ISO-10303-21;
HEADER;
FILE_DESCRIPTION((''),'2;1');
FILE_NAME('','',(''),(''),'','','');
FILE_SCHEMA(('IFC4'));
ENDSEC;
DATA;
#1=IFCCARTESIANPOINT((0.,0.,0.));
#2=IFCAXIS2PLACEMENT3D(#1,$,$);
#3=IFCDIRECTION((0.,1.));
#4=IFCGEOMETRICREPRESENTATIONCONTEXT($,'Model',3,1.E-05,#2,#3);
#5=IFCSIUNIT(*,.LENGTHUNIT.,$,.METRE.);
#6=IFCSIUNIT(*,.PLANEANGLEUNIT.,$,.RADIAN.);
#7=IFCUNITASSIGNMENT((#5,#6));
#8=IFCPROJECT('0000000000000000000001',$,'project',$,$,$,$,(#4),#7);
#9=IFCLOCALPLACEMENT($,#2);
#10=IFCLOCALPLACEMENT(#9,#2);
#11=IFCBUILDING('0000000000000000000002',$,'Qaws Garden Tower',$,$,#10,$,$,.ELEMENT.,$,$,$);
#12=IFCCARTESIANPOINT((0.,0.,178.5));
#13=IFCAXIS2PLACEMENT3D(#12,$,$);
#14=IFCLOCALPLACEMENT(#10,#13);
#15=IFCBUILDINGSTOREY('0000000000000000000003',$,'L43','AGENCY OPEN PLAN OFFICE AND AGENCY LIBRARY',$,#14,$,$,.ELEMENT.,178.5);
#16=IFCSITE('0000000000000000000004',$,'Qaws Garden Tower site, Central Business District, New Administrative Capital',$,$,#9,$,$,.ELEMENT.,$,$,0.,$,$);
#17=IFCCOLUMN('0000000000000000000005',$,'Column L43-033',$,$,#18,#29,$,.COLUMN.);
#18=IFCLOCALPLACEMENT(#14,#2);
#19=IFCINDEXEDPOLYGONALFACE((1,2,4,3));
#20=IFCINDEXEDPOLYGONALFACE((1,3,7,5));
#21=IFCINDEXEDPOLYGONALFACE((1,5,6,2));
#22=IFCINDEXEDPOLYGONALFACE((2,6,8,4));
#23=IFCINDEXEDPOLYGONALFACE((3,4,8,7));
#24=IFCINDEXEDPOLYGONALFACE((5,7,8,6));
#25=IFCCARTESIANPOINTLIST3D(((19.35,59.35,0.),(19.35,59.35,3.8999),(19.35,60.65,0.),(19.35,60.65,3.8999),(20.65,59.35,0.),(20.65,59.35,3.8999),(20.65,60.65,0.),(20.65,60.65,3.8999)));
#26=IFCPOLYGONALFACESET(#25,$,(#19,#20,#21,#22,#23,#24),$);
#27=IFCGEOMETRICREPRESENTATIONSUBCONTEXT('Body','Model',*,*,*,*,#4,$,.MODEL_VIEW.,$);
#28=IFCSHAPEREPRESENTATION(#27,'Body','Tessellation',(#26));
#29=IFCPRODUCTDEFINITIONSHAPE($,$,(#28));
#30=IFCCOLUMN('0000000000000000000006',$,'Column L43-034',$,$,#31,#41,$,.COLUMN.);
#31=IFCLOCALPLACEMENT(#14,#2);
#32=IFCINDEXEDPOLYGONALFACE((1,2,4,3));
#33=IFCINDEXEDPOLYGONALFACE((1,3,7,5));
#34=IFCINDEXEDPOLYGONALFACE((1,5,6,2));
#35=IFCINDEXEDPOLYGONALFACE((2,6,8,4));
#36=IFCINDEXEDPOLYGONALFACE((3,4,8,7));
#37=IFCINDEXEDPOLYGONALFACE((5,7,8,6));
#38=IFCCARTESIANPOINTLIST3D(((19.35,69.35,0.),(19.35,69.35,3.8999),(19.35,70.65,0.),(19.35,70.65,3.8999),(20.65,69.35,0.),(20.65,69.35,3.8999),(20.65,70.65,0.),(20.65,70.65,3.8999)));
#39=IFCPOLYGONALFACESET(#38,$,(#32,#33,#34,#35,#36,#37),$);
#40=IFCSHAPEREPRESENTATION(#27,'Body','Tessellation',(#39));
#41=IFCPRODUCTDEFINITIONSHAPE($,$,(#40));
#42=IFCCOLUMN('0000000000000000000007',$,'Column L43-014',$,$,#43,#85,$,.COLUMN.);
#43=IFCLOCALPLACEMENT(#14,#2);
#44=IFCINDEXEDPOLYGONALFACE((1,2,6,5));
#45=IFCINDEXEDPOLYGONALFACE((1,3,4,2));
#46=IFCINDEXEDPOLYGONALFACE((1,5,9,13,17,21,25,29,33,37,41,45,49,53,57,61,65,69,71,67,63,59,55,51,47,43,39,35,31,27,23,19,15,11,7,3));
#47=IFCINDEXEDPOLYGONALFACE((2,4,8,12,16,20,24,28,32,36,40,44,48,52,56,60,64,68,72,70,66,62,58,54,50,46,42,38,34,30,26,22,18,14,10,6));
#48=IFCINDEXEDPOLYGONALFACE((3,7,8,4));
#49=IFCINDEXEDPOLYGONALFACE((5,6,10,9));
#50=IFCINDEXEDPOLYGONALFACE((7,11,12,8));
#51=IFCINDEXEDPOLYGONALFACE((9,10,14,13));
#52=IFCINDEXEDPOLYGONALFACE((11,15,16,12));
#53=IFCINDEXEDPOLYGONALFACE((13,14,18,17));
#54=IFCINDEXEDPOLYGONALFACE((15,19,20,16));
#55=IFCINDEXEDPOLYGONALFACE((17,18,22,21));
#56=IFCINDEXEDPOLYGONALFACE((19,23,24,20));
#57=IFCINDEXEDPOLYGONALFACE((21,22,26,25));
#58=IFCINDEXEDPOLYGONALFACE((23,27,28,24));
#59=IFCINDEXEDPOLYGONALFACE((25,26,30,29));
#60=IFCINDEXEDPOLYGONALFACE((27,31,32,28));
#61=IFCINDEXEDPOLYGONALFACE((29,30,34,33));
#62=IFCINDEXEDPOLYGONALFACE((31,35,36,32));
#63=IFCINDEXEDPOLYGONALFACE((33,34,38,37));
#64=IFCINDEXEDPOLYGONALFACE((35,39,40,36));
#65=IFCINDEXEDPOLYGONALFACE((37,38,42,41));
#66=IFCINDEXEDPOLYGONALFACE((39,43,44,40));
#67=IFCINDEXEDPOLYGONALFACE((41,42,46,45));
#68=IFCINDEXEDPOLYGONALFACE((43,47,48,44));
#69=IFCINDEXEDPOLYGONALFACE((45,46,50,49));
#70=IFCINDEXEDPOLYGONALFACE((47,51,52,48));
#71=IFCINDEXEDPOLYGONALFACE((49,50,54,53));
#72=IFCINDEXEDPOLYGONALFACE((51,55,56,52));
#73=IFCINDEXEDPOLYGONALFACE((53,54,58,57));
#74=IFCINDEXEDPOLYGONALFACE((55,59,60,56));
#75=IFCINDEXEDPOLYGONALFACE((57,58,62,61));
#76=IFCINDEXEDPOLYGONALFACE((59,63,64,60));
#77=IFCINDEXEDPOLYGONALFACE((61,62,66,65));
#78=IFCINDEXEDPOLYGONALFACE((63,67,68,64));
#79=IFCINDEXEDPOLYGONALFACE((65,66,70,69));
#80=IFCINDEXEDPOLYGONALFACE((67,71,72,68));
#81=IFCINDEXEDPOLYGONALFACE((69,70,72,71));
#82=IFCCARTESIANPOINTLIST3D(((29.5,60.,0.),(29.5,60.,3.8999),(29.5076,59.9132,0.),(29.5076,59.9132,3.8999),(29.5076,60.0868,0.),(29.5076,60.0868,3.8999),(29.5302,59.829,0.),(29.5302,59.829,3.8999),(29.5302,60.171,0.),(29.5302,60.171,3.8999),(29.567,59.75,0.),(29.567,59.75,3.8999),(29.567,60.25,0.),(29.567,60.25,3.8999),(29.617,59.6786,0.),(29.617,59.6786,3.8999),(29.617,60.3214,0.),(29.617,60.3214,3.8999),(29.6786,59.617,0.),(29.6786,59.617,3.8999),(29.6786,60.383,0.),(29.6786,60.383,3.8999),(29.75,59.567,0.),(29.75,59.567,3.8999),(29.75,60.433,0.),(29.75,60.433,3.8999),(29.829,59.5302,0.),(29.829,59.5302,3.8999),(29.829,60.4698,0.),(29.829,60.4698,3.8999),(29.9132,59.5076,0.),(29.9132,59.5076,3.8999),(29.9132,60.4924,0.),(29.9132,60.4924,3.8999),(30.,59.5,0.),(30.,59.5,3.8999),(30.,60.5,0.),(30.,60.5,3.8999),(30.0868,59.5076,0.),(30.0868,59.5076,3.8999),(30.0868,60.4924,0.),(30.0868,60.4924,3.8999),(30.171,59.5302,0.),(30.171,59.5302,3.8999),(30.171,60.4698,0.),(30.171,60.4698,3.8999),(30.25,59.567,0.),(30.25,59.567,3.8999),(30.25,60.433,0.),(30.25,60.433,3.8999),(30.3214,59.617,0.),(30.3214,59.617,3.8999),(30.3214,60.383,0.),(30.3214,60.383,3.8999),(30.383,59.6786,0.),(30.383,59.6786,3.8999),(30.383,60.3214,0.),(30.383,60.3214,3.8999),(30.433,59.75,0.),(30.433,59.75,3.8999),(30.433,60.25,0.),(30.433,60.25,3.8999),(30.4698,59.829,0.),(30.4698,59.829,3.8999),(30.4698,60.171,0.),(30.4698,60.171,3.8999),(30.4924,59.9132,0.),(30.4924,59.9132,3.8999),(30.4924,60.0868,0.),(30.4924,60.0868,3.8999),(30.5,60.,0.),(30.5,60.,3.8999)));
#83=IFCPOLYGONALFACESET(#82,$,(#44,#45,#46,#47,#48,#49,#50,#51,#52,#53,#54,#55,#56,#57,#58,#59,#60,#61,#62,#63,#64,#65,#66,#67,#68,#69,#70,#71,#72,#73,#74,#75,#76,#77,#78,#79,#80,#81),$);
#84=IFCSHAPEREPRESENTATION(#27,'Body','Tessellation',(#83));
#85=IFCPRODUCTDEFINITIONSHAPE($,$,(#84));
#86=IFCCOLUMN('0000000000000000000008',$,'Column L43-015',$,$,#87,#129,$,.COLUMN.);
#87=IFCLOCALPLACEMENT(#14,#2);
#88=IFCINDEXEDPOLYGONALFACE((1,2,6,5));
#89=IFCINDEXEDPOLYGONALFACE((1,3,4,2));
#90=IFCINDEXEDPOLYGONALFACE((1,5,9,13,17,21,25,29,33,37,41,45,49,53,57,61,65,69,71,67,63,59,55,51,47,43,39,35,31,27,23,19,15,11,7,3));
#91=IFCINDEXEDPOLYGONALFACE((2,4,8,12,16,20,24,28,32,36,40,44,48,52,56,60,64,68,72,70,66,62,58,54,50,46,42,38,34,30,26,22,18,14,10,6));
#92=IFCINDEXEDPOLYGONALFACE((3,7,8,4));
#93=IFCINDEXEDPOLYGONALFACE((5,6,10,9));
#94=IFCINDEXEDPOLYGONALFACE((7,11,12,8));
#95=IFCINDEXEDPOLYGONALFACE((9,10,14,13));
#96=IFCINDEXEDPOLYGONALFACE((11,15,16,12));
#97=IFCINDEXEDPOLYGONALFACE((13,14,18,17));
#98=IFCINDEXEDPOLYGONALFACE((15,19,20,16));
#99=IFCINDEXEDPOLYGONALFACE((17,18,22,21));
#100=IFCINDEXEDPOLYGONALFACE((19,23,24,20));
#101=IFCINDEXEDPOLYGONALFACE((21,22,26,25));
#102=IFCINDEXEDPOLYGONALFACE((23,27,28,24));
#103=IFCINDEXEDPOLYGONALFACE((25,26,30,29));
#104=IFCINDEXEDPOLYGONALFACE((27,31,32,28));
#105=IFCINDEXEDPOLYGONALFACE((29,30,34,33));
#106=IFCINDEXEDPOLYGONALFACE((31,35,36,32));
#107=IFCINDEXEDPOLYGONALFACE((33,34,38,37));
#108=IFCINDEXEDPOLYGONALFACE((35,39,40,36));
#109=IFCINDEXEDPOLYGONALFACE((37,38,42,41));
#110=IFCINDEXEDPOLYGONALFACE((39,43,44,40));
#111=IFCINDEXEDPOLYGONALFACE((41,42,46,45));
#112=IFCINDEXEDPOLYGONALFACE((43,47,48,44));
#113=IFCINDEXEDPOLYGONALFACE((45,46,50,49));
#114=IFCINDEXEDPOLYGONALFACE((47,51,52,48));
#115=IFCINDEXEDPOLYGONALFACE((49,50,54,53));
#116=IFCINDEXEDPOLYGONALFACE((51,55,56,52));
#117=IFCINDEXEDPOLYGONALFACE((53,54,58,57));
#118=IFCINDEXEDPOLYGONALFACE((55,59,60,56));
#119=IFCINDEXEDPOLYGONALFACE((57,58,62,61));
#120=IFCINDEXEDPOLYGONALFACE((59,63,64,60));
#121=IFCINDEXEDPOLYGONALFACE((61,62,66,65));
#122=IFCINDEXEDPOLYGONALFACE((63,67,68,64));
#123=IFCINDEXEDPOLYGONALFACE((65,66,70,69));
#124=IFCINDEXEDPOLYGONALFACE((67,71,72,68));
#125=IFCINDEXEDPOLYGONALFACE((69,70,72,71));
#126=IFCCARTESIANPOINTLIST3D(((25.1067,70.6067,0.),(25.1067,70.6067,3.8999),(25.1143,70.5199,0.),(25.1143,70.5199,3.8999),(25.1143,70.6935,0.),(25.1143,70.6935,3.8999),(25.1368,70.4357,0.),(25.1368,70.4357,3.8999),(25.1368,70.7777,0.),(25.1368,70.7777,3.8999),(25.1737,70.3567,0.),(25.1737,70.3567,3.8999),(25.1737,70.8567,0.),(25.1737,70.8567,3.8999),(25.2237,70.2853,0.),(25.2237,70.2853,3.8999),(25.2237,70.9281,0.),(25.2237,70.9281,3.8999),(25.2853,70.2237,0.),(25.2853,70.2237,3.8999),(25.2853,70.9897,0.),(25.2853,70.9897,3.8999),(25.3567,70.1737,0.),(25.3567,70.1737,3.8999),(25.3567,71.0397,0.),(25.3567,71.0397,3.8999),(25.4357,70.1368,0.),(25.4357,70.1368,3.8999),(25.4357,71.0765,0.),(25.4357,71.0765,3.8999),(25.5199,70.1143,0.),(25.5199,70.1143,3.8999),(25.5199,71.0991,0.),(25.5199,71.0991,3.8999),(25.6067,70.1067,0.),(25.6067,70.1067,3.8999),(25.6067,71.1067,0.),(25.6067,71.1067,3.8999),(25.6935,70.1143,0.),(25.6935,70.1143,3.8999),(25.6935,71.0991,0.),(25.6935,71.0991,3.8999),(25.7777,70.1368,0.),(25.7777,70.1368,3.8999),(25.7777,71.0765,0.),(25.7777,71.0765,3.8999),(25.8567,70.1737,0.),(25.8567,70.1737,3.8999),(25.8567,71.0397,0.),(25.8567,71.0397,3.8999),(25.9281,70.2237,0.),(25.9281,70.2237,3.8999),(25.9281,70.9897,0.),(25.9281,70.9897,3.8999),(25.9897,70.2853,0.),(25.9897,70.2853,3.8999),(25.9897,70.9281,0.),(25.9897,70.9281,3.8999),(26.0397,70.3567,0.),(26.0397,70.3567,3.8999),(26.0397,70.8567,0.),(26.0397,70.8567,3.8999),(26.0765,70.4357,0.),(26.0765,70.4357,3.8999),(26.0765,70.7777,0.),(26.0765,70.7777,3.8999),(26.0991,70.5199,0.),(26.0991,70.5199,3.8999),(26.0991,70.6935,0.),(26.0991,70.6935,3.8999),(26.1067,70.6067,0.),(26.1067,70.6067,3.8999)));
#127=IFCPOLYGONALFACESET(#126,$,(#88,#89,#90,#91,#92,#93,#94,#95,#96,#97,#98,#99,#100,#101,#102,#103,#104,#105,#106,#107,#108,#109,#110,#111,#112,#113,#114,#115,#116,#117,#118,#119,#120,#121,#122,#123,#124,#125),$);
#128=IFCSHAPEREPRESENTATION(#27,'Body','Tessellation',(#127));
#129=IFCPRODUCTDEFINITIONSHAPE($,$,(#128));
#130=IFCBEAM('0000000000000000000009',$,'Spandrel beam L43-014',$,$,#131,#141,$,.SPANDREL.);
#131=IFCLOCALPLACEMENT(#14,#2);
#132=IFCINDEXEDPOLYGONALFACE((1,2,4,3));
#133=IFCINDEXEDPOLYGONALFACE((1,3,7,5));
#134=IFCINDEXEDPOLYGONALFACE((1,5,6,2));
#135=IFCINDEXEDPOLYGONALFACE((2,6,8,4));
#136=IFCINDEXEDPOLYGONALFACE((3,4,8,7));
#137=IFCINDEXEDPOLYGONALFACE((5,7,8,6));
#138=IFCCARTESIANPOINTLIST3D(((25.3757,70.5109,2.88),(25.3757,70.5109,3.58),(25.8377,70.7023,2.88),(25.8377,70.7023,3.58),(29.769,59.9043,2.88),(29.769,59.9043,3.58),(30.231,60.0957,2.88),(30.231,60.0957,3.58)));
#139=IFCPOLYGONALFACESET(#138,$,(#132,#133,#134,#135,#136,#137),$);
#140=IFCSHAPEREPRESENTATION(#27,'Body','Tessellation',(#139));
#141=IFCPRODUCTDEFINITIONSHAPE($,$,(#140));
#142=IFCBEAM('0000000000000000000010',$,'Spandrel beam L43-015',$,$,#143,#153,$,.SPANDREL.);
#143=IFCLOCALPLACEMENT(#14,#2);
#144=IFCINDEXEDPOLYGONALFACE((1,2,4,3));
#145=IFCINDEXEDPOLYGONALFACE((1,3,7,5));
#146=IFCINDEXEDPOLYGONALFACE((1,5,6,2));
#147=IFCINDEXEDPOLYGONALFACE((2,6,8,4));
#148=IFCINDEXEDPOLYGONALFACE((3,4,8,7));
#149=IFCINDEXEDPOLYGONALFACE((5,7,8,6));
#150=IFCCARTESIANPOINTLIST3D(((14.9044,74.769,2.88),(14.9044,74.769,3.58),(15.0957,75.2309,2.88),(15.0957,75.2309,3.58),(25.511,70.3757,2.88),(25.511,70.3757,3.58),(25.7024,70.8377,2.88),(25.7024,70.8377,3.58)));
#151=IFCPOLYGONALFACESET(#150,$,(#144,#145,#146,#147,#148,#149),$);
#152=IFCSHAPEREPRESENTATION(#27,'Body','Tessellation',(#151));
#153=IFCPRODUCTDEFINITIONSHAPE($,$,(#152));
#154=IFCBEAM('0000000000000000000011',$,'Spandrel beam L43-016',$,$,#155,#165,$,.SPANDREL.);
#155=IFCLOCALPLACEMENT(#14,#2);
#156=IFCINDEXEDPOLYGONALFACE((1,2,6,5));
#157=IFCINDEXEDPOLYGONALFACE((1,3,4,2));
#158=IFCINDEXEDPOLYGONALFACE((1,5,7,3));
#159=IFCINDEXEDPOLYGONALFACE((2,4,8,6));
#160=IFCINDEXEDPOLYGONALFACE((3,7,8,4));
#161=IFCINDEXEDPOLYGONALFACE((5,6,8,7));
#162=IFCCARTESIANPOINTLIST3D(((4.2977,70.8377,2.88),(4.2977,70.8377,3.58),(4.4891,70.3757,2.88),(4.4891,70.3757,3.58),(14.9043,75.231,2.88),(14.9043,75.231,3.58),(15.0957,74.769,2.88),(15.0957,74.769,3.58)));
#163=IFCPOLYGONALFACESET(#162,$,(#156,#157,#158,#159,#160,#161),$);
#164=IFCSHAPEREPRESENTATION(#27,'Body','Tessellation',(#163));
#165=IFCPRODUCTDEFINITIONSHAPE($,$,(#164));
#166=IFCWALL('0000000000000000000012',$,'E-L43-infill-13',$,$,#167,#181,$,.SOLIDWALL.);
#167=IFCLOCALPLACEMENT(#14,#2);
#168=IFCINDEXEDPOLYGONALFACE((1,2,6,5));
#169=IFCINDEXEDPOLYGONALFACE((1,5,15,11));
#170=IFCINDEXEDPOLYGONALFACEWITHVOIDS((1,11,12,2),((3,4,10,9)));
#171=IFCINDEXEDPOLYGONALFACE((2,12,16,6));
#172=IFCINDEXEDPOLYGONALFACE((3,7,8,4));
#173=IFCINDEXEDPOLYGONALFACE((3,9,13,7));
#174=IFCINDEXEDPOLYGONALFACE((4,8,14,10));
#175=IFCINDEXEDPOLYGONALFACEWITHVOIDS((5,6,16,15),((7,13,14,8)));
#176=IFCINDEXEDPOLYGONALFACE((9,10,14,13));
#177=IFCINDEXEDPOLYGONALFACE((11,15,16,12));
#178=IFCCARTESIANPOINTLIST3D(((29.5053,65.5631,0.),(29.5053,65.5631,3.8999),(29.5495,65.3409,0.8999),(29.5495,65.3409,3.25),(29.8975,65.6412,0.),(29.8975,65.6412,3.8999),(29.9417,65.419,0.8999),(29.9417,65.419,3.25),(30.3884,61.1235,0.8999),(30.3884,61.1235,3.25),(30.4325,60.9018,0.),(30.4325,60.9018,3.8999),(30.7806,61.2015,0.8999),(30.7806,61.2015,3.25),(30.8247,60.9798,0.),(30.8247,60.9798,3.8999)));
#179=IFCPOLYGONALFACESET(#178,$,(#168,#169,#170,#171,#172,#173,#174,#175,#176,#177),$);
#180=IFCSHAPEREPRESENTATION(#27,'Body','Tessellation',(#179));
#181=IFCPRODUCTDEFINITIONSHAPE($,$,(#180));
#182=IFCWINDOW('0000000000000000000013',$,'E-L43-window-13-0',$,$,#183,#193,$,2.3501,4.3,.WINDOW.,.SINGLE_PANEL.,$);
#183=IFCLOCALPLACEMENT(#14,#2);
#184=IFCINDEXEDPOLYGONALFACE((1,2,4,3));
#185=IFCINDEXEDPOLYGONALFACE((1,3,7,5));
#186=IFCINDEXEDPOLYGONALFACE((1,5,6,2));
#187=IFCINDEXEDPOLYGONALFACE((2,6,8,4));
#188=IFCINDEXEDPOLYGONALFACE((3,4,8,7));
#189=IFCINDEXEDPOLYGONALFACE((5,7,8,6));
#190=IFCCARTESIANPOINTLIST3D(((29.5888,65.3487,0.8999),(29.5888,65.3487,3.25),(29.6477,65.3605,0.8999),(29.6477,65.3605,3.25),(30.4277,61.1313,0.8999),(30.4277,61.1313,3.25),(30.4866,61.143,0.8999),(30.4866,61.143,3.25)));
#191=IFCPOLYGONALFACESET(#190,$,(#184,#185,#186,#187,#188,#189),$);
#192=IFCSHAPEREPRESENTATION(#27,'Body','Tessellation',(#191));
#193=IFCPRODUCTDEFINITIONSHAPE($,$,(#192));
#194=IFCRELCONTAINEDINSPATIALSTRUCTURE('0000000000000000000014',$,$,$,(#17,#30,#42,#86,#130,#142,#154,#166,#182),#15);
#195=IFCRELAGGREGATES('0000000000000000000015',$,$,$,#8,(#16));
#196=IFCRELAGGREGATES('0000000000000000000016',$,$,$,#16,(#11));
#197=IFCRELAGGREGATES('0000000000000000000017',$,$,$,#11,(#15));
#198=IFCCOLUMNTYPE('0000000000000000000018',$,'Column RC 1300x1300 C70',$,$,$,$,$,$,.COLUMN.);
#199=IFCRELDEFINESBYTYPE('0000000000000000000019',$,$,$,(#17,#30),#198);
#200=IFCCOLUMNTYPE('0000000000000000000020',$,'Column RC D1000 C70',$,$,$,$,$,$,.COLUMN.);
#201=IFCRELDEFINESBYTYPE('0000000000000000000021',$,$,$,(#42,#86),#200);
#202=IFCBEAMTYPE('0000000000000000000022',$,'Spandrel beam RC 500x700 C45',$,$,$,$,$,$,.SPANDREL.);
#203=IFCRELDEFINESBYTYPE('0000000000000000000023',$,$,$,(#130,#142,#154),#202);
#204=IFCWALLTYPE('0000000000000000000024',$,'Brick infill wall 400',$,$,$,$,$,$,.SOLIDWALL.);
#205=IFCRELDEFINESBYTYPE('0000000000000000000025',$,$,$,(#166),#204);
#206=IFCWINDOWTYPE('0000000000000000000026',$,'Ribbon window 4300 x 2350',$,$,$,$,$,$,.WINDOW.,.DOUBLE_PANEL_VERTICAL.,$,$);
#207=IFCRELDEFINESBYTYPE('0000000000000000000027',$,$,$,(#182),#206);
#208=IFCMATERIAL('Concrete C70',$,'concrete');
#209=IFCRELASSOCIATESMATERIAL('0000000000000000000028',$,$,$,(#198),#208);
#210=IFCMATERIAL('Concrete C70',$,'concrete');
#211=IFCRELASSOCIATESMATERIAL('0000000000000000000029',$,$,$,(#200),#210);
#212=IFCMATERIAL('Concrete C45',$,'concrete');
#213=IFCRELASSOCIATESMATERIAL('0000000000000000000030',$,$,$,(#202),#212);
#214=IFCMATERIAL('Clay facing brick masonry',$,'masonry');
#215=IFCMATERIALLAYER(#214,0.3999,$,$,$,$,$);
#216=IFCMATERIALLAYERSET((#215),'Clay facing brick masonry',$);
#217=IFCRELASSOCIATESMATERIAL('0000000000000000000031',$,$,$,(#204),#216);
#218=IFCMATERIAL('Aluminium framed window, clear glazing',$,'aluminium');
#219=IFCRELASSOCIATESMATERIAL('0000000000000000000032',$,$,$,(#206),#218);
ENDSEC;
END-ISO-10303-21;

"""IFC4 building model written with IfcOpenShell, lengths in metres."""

from ifc_helpers import new_model, si_unit, direction, frame, frame_2d, origin, origin_2d, place, context, subcontext, project, spatial, rectangle, circle, extrude, material, layer, layer_set, material_profile, profile_set, type_object, element, fill, save


model = new_model("IFC4")

# Units and contexts
model_context = context("Model", 3, precision=1e-05, world=origin(), true_north=direction((0.0, 1.0)))
body_context = subcontext(model_context, "Body", "Model", "MODEL_VIEW")
ifc_project = project(units=[si_unit("LENGTHUNIT", "METRE"), si_unit("PLANEANGLEUNIT", "RADIAN")], contexts=[model_context])

# Site, building, storey
site_placement = place(None, origin())
site = spatial("IfcSite", under=ifc_project, at=site_placement, Name="Qaws Garden Tower site, Central Business District, New Administrative Capital", CompositionType="ELEMENT", RefElevation=0.0)
building_placement = place(site_placement, origin())
building = spatial("IfcBuilding", under=site, at=building_placement, Name="Qaws Garden Tower", CompositionType="ELEMENT")
storey_placement = place(building_placement, frame((0.0, 0.0, 178.5)))
storey = spatial("IfcBuildingStorey", under=building, at=storey_placement, Name="L43", Description="AGENCY OPEN PLAN OFFICE AND AGENCY LIBRARY", CompositionType="ELEMENT", Elevation=178.5)

# Columns
ifc_material_1 = material(Name="Concrete C70", Category="concrete")
ifc_material_profile_1 = material_profile(ifc_material_1, rectangle(XDim=1.3, YDim=1.3, at=origin_2d()), Name="RC 1300x1300")
ifc_profile_set_1 = profile_set([ifc_material_profile_1], Name="Concrete C70")
column_type_1 = type_object("IfcColumnType", Name="Column RC 1300x1300 C70", PredefinedType="COLUMN", material=ifc_profile_set_1)
for number, where, z_axis, x_axis, name in (
    (1, (20.0, 60.0, 0.0), (0.0, 0.0, 1.0), (1.0, 0.0, 0.0), "Column L43-033"),
    (2, (20.0, 70.0, 0.0), (0.0, 0.0, 1.0), (1.0, 0.0, 0.0), "Column L43-034"),
):
    element("IfcColumn", number, at=place(storey_placement, frame(where, z_axis=z_axis, x_axis=x_axis)), inside=storey, type_object=column_type_1, Name=name, PredefinedType="COLUMN", context=body_context, shape_type="SweptSolid", body=[
        extrude(rectangle(XDim=1.3, YDim=1.3, at=origin_2d()), origin(), (0.0, 0.0, 1.0), 3.8999),
    ])
ifc_material_2 = material(Name="Concrete C70", Category="concrete")
ifc_material_profile_2 = material_profile(ifc_material_2, circle(Radius=0.5, at=origin_2d()), Name="RC D1000")
ifc_profile_set_2 = profile_set([ifc_material_profile_2], Name="Concrete C70")
column_type_2 = type_object("IfcColumnType", Name="Column RC D1000 C70", PredefinedType="COLUMN", material=ifc_profile_set_2)
for number, where, z_axis, x_axis, name in (
    (3, (30.0, 60.0, 0.0), (0.0, 0.0, 1.0), (1.0, 0.0, 0.0), "Column L43-014"),
    (4, (25.6067, 70.6067, 0.0), (0.0, 0.0, 1.0), (1.0, 0.0, 0.0), "Column L43-015"),
):
    element("IfcColumn", number, at=place(storey_placement, frame(where, z_axis=z_axis, x_axis=x_axis)), inside=storey, type_object=column_type_2, Name=name, PredefinedType="COLUMN", context=body_context, shape_type="SweptSolid", body=[
        extrude(circle(Radius=0.5, at=origin_2d()), origin(), (0.0, 0.0, 1.0), 3.8999),
    ])

# Beams
ifc_material_3 = material(Name="Concrete C45", Category="concrete")
ifc_material_profile_3 = material_profile(ifc_material_3, rectangle(XDim=0.5, YDim=0.7, at=origin_2d()), Name="RC 500x700")
ifc_profile_set_3 = profile_set([ifc_material_profile_3], Name="Concrete C45")
beam_type = type_object("IfcBeamType", Name="Spandrel beam RC 500x700 C45", PredefinedType="SPANDREL", material=ifc_profile_set_3)
for number, where, z_axis, x_axis, name in (
    (5, (30.0, 60.0, 3.23), (-0.382674, 0.923883, 0.0), (-0.923883, -0.382674, 0.0), "Spandrel beam L43-014"),
    (6, (25.6067, 70.6067, 3.23), (-0.923883, 0.382674, 0.0), (-0.382674, -0.923883, 0.0), "Spandrel beam L43-015"),
    (7, (15.0, 75.0, 3.23), (-0.923883, -0.382674, 0.0), (0.382674, -0.923883, 0.0), "Spandrel beam L43-016"),
):
    element("IfcBeam", number, at=place(storey_placement, frame(where, z_axis=z_axis, x_axis=x_axis)), inside=storey, type_object=beam_type, Name=name, PredefinedType="SPANDREL", context=body_context, shape_type="SweptSolid", body=[
        extrude(rectangle(XDim=0.5, YDim=0.7, at=origin_2d()), origin(), (0.0, 0.0, 1.0), 11.4805),
    ])

# Wall, opening, window
ifc_material_4 = material(Name="Clay facing brick masonry", Category="masonry")
ifc_layer_1 = layer(ifc_material_4, 0.3999)
ifc_layer_set_1 = layer_set([ifc_layer_1], Name="Clay facing brick masonry")
wall_type_1 = type_object("IfcWallType", Name="Brick infill wall 400", PredefinedType="SOLIDWALL", material=ifc_layer_set_1)
wall_1_placement = place(storey_placement, frame((30.6287, 60.9407, 0.0), z_axis=(0.0, 0.0, 1.0), x_axis=(-0.195099, 0.980784, 0.0)))
wall_1 = element("IfcWall", 8, at=wall_1_placement, inside=storey, type_object=wall_type_1, Name="E-L43-infill-13", PredefinedType="SOLIDWALL", context=body_context, shape_type="SweptSolid", body=[
    extrude(rectangle(XDim=4.7527, YDim=0.3999, at=frame_2d((2.3765, 0.0))), origin(), (0.0, 0.0, 1.0), 3.8999),
])
opening_1_placement = place(wall_1_placement, frame((0.2263, 0.0, 0.8999)))
opening_1 = element("IfcOpeningElement", 9, at=opening_1_placement, cuts=wall_1, PredefinedType="OPENING", context=body_context, shape_type="SweptSolid", body=[
    extrude(rectangle(XDim=4.3, YDim=2.3501, at=frame_2d((2.1499, 1.175))), frame((0.0, 0.21, 0.0), z_axis=(0.0, -1.0, 0.0), x_axis=(1.0, 0.0, 0.0)), (0.0, 0.0, 1.0), 0.4199),
])
ifc_material_5 = material(Name="Aluminium framed window, clear glazing", Category="aluminium")
window_type = type_object("IfcWindowType", Name="Ribbon window 4300 x 2350", PartitioningType="DOUBLE_PANEL_VERTICAL", PredefinedType="WINDOW", material=ifc_material_5)
window_1_placement = place(opening_1_placement, origin())
window_1 = element("IfcWindow", 10, at=window_1_placement, inside=storey, type_object=window_type, Name="E-L43-window-13-0", OverallHeight=2.3501, OverallWidth=4.3, PartitioningType="SINGLE_PANEL", PredefinedType="WINDOW", context=body_context, shape_type="SweptSolid", body=[
    extrude(rectangle(XDim=4.3, YDim=2.3501, at=frame_2d((2.1499, 1.175))), frame((0.0, 0.1599, 0.0), z_axis=(0.0, -1.0, 0.0), x_axis=(1.0, 0.0, 0.0)), (0.0, 0.0, 1.0), 0.0601),
])
fill(opening_1, window_1)

save(model, "model.ifc")
